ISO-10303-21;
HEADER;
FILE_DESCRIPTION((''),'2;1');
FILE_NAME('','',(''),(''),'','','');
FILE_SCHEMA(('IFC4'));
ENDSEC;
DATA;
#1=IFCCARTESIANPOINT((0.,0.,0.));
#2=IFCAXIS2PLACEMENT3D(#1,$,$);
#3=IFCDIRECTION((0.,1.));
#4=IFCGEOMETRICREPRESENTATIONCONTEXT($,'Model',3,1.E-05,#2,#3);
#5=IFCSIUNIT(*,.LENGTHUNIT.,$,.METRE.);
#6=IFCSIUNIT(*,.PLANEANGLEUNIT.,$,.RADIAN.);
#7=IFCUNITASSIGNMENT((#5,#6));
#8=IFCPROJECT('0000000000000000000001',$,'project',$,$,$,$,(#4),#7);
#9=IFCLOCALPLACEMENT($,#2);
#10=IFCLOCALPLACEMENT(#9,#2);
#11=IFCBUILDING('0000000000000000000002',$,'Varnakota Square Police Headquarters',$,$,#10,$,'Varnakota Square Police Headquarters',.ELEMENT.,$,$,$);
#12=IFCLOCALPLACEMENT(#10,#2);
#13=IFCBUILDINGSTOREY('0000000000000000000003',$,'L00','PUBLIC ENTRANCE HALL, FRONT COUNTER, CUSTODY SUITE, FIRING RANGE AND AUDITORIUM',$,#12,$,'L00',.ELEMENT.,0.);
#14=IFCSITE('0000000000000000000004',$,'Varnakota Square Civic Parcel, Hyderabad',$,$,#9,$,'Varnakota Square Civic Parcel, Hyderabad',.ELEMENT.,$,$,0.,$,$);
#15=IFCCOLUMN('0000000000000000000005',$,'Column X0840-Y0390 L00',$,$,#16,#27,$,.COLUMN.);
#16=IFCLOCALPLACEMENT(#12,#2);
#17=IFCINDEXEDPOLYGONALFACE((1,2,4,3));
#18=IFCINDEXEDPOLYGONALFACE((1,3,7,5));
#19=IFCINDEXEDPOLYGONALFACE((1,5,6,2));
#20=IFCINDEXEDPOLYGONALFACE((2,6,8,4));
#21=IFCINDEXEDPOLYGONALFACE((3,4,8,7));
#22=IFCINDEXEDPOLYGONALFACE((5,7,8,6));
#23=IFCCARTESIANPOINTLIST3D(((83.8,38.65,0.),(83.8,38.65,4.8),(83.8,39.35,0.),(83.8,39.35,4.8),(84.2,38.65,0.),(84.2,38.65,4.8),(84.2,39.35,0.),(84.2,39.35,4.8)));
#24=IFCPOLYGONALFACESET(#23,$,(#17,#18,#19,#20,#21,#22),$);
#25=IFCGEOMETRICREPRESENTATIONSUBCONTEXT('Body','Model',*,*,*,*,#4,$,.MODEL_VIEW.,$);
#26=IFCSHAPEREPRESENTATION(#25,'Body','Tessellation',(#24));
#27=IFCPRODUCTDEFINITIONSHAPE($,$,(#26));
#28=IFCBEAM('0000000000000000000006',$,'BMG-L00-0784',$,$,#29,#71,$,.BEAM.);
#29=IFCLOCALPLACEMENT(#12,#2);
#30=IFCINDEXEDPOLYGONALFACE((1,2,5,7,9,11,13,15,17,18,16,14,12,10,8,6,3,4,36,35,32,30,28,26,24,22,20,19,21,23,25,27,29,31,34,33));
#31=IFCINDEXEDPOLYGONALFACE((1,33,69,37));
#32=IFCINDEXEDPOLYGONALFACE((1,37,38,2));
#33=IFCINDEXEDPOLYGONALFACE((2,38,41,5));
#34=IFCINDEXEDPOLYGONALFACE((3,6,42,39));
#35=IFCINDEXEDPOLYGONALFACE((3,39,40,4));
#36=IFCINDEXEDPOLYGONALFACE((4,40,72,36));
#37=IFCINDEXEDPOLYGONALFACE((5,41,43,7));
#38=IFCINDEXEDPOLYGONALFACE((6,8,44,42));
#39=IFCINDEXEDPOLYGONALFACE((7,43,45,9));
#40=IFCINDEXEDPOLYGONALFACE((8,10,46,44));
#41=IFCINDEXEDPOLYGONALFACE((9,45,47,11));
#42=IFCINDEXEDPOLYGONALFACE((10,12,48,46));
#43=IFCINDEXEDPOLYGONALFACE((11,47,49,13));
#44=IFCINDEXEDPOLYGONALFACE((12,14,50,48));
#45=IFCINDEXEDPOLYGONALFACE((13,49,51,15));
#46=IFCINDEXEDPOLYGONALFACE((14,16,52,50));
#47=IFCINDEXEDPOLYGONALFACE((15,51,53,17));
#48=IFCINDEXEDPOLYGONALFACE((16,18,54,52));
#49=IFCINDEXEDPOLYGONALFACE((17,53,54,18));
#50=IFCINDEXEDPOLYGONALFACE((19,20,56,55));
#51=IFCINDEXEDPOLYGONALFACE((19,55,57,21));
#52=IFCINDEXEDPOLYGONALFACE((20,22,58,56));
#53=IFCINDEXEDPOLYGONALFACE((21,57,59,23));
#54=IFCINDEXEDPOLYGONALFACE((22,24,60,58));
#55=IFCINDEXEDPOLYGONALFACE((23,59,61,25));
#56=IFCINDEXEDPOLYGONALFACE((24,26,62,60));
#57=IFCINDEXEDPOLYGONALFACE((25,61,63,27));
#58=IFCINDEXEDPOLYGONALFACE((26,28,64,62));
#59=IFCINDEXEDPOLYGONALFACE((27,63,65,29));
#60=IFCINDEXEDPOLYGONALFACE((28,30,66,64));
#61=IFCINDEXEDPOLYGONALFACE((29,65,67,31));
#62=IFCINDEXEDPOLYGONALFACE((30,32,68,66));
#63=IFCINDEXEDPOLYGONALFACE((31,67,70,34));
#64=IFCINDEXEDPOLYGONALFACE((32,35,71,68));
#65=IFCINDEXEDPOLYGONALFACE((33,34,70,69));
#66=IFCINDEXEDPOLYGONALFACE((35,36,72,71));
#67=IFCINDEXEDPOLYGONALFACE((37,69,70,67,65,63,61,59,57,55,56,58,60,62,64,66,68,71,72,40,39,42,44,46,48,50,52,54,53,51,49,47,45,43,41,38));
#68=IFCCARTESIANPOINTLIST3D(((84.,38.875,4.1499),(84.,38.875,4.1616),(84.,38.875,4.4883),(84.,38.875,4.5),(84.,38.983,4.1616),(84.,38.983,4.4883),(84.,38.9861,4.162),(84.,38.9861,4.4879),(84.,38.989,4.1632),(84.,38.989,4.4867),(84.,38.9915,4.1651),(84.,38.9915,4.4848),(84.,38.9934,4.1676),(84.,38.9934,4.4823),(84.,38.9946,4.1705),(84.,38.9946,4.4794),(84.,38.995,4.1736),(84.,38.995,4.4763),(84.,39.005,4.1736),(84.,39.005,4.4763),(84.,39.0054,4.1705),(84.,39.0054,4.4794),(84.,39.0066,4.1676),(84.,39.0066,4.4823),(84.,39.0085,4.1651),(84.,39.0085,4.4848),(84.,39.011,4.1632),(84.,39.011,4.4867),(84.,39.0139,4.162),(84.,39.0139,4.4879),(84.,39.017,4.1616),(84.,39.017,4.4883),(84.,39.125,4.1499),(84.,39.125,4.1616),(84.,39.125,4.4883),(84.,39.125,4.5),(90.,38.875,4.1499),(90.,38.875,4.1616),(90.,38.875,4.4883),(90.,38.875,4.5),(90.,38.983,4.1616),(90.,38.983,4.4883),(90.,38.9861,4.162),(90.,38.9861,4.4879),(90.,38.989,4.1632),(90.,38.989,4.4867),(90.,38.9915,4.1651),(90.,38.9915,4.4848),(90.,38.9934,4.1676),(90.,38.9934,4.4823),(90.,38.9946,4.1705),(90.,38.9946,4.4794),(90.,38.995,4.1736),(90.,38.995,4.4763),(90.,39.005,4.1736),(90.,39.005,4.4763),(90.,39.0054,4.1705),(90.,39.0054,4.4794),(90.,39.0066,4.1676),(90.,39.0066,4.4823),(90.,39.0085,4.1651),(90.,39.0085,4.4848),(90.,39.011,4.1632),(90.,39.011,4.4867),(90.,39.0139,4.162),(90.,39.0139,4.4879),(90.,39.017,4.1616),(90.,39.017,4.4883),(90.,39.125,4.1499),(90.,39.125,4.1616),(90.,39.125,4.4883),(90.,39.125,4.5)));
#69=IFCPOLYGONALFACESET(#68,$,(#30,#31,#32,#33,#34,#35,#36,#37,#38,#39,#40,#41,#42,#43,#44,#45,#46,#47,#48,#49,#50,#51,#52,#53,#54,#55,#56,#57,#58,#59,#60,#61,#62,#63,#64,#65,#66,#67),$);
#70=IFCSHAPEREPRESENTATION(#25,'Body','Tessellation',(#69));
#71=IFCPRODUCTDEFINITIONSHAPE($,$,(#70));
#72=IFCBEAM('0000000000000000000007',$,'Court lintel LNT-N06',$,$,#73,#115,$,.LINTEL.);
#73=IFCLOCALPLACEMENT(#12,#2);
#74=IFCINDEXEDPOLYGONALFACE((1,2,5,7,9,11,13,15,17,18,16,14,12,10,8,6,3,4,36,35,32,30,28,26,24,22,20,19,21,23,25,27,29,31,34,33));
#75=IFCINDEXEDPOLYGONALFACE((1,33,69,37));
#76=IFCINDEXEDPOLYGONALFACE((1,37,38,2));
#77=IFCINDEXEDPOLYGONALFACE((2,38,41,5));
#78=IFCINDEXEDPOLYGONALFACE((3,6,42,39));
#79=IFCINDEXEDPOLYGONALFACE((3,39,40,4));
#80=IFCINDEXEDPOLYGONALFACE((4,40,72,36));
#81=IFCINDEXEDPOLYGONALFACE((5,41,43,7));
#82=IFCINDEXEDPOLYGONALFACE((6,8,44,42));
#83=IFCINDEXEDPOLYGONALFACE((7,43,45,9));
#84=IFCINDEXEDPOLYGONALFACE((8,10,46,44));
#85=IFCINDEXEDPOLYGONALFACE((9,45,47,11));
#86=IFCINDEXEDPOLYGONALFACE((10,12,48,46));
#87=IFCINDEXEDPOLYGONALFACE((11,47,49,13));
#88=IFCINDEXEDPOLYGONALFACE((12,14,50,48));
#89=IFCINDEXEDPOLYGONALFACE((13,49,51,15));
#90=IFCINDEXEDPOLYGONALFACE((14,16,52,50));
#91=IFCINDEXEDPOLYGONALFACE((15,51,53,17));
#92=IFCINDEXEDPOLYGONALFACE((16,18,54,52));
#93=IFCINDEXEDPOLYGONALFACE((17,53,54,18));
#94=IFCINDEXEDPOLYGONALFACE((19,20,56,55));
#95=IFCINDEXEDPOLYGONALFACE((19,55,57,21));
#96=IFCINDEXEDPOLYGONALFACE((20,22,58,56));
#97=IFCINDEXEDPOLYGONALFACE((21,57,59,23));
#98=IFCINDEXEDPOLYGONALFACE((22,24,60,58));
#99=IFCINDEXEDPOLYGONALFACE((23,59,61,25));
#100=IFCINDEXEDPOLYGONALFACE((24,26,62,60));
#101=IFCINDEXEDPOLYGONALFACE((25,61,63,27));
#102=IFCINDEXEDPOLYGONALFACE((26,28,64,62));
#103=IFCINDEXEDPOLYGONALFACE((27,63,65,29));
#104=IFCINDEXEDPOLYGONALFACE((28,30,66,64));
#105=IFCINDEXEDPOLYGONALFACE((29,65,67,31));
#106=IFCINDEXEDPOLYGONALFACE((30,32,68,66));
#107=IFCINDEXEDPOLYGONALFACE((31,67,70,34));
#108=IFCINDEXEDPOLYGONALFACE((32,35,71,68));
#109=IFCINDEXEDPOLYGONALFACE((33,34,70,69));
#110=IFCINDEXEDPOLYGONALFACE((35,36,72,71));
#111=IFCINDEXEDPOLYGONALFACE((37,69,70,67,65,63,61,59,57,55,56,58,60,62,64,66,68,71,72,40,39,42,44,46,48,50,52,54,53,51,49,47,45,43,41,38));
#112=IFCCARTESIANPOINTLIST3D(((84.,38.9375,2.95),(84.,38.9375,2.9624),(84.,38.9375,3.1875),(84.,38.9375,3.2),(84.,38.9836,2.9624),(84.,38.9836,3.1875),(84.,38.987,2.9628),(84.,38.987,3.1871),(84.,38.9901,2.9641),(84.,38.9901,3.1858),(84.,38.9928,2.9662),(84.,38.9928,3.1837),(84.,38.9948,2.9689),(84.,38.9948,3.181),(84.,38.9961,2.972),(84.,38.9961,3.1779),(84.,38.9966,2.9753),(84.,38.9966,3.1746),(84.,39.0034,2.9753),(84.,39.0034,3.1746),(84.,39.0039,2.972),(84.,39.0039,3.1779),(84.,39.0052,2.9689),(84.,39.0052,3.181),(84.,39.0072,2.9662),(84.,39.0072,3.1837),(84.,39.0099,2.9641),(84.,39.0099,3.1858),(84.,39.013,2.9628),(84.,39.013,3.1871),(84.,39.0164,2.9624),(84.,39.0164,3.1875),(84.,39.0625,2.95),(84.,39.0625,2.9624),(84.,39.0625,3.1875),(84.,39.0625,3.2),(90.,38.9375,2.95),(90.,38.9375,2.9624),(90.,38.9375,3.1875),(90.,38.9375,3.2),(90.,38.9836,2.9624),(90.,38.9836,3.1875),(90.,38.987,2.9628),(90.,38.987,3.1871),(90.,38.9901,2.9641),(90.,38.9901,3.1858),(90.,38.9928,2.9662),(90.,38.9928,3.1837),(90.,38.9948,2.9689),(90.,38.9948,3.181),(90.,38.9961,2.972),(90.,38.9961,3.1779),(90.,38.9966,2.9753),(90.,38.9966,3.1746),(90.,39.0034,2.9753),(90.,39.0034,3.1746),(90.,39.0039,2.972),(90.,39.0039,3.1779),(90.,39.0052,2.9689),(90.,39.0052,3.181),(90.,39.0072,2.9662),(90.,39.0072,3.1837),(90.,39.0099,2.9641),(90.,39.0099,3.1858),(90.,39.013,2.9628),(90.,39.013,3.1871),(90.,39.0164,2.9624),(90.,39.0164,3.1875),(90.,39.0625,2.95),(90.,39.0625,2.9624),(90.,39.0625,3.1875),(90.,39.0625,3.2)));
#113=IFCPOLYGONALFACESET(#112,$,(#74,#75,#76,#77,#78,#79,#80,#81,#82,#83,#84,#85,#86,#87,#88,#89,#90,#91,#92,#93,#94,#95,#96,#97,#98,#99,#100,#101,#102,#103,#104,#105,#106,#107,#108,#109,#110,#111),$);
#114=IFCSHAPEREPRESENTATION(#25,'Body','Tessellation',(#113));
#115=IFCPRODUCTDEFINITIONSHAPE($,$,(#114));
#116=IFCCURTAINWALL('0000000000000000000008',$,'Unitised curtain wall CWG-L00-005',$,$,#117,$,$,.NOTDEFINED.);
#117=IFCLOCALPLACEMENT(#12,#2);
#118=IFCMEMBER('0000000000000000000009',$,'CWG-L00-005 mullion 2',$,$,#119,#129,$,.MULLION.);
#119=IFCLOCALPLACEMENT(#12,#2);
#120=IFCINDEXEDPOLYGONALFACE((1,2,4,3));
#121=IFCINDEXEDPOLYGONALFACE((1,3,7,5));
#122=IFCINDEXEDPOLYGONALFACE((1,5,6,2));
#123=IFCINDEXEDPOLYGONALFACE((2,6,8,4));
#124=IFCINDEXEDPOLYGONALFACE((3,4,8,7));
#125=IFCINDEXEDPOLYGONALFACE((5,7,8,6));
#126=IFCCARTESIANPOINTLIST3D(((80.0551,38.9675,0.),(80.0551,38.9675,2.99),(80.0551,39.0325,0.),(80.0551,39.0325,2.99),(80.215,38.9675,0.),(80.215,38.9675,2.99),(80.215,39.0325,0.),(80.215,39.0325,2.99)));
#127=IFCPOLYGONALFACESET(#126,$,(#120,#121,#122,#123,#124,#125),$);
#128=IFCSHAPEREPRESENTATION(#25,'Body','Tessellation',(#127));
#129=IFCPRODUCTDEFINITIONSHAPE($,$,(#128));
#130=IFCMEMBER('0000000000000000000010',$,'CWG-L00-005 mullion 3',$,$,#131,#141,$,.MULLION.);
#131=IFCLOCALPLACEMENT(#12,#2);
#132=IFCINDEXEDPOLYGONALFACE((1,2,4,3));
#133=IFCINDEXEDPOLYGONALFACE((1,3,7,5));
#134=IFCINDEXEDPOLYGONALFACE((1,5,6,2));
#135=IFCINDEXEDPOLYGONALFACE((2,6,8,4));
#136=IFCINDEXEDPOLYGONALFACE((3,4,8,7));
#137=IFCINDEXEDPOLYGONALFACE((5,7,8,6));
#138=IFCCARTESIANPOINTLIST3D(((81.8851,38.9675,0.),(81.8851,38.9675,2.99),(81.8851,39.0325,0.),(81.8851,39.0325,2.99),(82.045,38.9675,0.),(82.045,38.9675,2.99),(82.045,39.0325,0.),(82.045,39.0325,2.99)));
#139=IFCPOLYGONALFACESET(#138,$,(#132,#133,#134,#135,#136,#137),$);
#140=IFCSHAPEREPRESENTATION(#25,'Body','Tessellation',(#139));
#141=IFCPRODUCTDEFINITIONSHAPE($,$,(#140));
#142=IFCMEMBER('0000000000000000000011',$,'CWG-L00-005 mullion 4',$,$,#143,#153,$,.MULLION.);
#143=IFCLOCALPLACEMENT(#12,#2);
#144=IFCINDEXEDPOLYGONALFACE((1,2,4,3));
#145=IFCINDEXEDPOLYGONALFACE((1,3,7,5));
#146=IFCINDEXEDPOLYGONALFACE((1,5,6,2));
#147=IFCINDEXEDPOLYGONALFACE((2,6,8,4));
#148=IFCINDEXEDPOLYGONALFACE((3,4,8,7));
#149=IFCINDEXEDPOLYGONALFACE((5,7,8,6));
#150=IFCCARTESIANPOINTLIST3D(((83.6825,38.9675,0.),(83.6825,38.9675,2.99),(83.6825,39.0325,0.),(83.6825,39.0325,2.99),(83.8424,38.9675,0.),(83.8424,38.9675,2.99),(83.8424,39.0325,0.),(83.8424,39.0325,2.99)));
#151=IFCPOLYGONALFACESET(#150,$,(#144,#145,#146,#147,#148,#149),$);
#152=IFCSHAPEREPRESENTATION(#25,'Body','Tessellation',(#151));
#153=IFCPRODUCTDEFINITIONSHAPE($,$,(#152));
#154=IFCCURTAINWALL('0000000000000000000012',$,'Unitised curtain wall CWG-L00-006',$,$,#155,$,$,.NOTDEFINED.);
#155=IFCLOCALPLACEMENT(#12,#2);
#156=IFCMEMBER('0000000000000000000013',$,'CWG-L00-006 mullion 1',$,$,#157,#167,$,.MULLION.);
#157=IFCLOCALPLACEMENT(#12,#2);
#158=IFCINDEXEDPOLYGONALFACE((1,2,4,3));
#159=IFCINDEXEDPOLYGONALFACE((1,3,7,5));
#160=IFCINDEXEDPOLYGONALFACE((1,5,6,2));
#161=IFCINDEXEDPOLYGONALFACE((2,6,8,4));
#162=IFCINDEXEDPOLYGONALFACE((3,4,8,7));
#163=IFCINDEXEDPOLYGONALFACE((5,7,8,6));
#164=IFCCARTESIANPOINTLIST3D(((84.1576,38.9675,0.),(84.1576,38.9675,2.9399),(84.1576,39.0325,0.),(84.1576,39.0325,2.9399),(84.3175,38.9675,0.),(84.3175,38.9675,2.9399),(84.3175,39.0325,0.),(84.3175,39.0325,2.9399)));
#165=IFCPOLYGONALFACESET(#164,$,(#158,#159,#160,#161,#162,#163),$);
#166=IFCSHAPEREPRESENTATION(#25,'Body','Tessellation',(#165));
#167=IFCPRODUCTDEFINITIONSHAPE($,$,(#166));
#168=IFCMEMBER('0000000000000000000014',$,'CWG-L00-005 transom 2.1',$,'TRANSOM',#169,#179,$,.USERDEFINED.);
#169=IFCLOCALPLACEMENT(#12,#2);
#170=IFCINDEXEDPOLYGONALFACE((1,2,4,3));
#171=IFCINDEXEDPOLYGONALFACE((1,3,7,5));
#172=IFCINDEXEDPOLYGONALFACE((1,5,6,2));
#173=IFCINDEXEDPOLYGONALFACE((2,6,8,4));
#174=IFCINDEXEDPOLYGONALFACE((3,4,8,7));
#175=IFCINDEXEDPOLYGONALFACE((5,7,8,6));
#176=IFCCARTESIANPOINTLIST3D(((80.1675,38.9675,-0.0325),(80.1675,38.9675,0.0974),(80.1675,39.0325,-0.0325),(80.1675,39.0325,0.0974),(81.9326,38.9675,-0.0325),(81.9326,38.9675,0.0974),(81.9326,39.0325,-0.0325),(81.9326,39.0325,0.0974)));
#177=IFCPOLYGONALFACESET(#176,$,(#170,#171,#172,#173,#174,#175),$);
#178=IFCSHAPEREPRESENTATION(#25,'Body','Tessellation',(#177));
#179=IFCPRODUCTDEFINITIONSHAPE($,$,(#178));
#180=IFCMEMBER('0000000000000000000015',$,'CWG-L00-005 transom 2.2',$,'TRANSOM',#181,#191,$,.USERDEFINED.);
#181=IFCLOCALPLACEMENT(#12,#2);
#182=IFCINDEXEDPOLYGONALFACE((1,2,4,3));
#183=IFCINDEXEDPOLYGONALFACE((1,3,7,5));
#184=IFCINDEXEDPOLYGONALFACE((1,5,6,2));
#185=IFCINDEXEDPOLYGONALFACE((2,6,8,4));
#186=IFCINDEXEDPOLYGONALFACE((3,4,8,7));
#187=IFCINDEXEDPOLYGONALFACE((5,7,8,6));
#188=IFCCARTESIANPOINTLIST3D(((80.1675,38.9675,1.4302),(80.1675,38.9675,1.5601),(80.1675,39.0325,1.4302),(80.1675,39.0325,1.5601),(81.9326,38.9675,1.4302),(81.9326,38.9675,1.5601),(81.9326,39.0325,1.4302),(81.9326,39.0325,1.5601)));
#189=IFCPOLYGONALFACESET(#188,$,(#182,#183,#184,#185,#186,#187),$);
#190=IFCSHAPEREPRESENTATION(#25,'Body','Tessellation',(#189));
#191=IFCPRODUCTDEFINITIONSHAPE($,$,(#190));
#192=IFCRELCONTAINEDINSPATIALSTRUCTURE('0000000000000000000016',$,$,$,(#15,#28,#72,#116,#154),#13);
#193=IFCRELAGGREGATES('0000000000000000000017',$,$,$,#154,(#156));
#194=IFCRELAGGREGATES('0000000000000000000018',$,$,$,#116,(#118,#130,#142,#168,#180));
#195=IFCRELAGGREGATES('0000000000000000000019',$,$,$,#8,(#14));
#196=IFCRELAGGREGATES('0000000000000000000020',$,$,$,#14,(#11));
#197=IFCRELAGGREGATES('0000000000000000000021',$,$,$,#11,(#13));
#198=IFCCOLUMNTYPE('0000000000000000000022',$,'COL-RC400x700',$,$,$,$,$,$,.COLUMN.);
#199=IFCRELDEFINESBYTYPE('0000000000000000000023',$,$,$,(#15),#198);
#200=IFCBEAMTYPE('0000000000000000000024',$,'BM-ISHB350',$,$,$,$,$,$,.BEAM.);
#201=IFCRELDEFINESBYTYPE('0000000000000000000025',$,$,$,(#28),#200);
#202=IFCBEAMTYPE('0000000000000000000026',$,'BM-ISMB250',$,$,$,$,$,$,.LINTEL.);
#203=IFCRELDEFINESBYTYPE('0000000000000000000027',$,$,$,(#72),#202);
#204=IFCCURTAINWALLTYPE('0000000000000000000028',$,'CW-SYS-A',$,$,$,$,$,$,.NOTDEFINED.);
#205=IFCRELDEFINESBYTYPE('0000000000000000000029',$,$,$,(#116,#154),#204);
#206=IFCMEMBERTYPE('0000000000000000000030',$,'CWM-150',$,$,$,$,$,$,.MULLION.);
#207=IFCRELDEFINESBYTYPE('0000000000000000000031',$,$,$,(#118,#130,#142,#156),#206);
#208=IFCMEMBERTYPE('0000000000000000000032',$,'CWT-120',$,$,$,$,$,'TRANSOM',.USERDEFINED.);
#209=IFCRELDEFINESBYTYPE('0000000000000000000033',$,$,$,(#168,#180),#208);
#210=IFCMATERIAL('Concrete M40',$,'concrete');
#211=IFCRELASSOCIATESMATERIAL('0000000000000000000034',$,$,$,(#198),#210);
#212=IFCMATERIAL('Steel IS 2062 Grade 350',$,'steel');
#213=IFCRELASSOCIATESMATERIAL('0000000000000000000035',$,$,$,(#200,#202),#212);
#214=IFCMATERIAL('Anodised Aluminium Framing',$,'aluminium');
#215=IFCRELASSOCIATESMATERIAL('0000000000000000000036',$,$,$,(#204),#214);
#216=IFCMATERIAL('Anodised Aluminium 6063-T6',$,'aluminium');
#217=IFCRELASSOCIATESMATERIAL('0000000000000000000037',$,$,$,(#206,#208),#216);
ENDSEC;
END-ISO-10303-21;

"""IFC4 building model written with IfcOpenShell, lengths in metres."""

from ifc_helpers import new_model, si_unit, direction, frame, origin, origin_2d, place, context, subcontext, project, spatial, rectangle, i_section, extrude, material, material_profile, profile_set, type_object, element, aggregate, save


model = new_model("IFC4")

# Units and contexts
model_context = context("Model", 3, precision=1e-05, world=origin(), true_north=direction((0.0, 1.0)))
body_context = subcontext(model_context, "Body", "Model", "MODEL_VIEW")
ifc_project = project(units=[si_unit("LENGTHUNIT", "METRE"), si_unit("PLANEANGLEUNIT", "RADIAN")], contexts=[model_context])

# Site, building, storey
site_placement = place(None, origin())
site = spatial("IfcSite", under=ifc_project, at=site_placement, Name="Varnakota Square Civic Parcel, Hyderabad", LongName="Varnakota Square Civic Parcel, Hyderabad", CompositionType="ELEMENT", RefElevation=0.0)
building_placement = place(site_placement, origin())
building = spatial("IfcBuilding", under=site, at=building_placement, Name="Varnakota Square Police Headquarters", LongName="Varnakota Square Police Headquarters", CompositionType="ELEMENT")
storey_placement = place(building_placement, origin())
storey = spatial("IfcBuildingStorey", under=building, at=storey_placement, Name="L00", Description="PUBLIC ENTRANCE HALL, FRONT COUNTER, CUSTODY SUITE, FIRING RANGE AND AUDITORIUM", LongName="L00", CompositionType="ELEMENT", Elevation=0.0)

# Column
ifc_material_1 = material(Name="Concrete M40", Category="concrete")
ifc_material_profile_1 = material_profile(ifc_material_1, rectangle(XDim=0.3999, YDim=0.7, at=origin_2d()), Name="RC 400x700")
ifc_profile_set_1 = profile_set([ifc_material_profile_1], Name="Concrete M40")
column_type = type_object("IfcColumnType", Name="COL-RC400x700", PredefinedType="COLUMN", material=ifc_profile_set_1)
column_placement = place(storey_placement, frame((84.0, 39.0, 0.0), z_axis=(0.0, 0.0, 1.0), x_axis=(1.0, 0.0, 0.0)))
element("IfcColumn", 1, at=column_placement, inside=storey, type_object=column_type, Name="Column X0840-Y0390 L00", PredefinedType="COLUMN", context=body_context, shape_type="SweptSolid", body=[
    extrude(rectangle(XDim=0.3999, YDim=0.7, at=origin_2d()), origin(), (0.0, 0.0, 1.0), 4.8),
])

# Beams
ifc_material_2 = material(Name="Steel IS 2062 Grade 350", Category="steel")
ifc_material_profile_2 = material_profile(ifc_material_2, i_section(OverallWidth=0.25, OverallDepth=0.3501, WebThickness=0.01, FlangeThickness=0.0117, FilletRadius=0.012, at=origin_2d()), Name="ISHB 350")
ifc_profile_set_2 = profile_set([ifc_material_profile_2], Name="Steel IS 2062 Grade 350")
beam_type_1 = type_object("IfcBeamType", Name="BM-ISHB350", PredefinedType="BEAM", material=ifc_profile_set_2)
beam_1_placement = place(storey_placement, frame((84.0, 39.0, 4.325), z_axis=(1.0, 0.0, 0.0), x_axis=(0.0, 1.0, 0.0)))
element("IfcBeam", 2, at=beam_1_placement, inside=storey, type_object=beam_type_1, Name="BMG-L00-0784", PredefinedType="BEAM", context=body_context, shape_type="SweptSolid", body=[
    extrude(i_section(OverallWidth=0.25, OverallDepth=0.3501, WebThickness=0.01, FlangeThickness=0.0117, FilletRadius=0.012, at=origin_2d()), origin(), (0.0, 0.0, 1.0), 6.0),
])
ifc_material_profile_3 = material_profile(ifc_material_2, i_section(OverallWidth=0.125, OverallDepth=0.25, WebThickness=0.0068, FlangeThickness=0.0125, FilletRadius=0.0129, at=origin_2d()), Name="ISMB 250")
ifc_profile_set_3 = profile_set([ifc_material_profile_3], Name="Steel IS 2062 Grade 350")
beam_type_2 = type_object("IfcBeamType", Name="BM-ISMB250", PredefinedType="LINTEL", material=ifc_profile_set_3)
beam_2_placement = place(storey_placement, frame((84.0, 39.0, 3.075), z_axis=(1.0, 0.0, 0.0), x_axis=(0.0, 1.0, 0.0)))
element("IfcBeam", 3, at=beam_2_placement, inside=storey, type_object=beam_type_2, Name="Court lintel LNT-N06", PredefinedType="LINTEL", context=body_context, shape_type="SweptSolid", body=[
    extrude(i_section(OverallWidth=0.125, OverallDepth=0.25, WebThickness=0.0068, FlangeThickness=0.0125, FilletRadius=0.0129, at=origin_2d()), origin(), (0.0, 0.0, 1.0), 6.0),
])

# Curtain wall, members
ifc_material_3 = material(Name="Anodised Aluminium Framing", Category="aluminium")
curtain_wall_type = type_object("IfcCurtainWallType", Name="CW-SYS-A", PredefinedType="NOTDEFINED", material=ifc_material_3)
curtain_wall_1_placement = place(storey_placement, origin())
curtain_wall_1 = element("IfcCurtainWall", 4, at=curtain_wall_1_placement, inside=storey, type_object=curtain_wall_type, Name="Unitised curtain wall CWG-L00-005", PredefinedType="NOTDEFINED")
ifc_material_4 = material(Name="Anodised Aluminium 6063-T6", Category="aluminium")
ifc_material_profile_4 = material_profile(ifc_material_4, rectangle(XDim=0.0649, YDim=0.1599, at=origin_2d()), Name="ALU MULLION 65x160")
ifc_profile_set_4 = profile_set([ifc_material_profile_4], Name="Anodised Aluminium 6063-T6")
member_type_1 = type_object("IfcMemberType", Name="CWM-150", PredefinedType="MULLION", material=ifc_profile_set_4)
member_1_placement = place(storey_placement, frame((80.135, 39.0, 0.0), z_axis=(0.0, 0.0, 1.0), x_axis=(0.0, 1.0, 0.0)))
member_1 = element("IfcMember", 5, at=member_1_placement, type_object=member_type_1, Name="CWG-L00-005 mullion 2", PredefinedType="MULLION", context=body_context, shape_type="SweptSolid", body=[
    extrude(rectangle(XDim=0.0649, YDim=0.1599, at=origin_2d()), origin(), (0.0, 0.0, 1.0), 2.99),
])
member_2_placement = place(storey_placement, frame((81.9651, 39.0, 0.0), z_axis=(0.0, 0.0, 1.0), x_axis=(0.0, 1.0, 0.0)))
member_2 = element("IfcMember", 6, at=member_2_placement, type_object=member_type_1, Name="CWG-L00-005 mullion 3", PredefinedType="MULLION", context=body_context, shape_type="SweptSolid", body=[
    extrude(rectangle(XDim=0.0649, YDim=0.1599, at=origin_2d()), origin(), (0.0, 0.0, 1.0), 2.99),
])
member_3_placement = place(storey_placement, frame((83.7625, 39.0, 0.0), z_axis=(0.0, 0.0, 1.0), x_axis=(0.0, 1.0, 0.0)))
member_3 = element("IfcMember", 7, at=member_3_placement, type_object=member_type_1, Name="CWG-L00-005 mullion 4", PredefinedType="MULLION", context=body_context, shape_type="SweptSolid", body=[
    extrude(rectangle(XDim=0.0649, YDim=0.1599, at=origin_2d()), origin(), (0.0, 0.0, 1.0), 2.99),
])

# Curtain wall, member
curtain_wall_2_placement = place(storey_placement, origin())
curtain_wall_2 = element("IfcCurtainWall", 8, at=curtain_wall_2_placement, inside=storey, type_object=curtain_wall_type, Name="Unitised curtain wall CWG-L00-006", PredefinedType="NOTDEFINED")
member_4_placement = place(storey_placement, frame((84.2375, 39.0, 0.0), z_axis=(0.0, 0.0, 1.0), x_axis=(0.0, 1.0, 0.0)))
member_4 = element("IfcMember", 9, at=member_4_placement, type_object=member_type_1, Name="CWG-L00-006 mullion 1", PredefinedType="MULLION", context=body_context, shape_type="SweptSolid", body=[
    extrude(rectangle(XDim=0.0649, YDim=0.1599, at=origin_2d()), origin(), (0.0, 0.0, 1.0), 2.9399),
])
aggregate(curtain_wall_2, [member_4])

# Members
ifc_material_profile_5 = material_profile(ifc_material_4, rectangle(XDim=0.0649, YDim=0.1299, at=origin_2d()), Name="ALU TRANSOM 65x130")
ifc_profile_set_5 = profile_set([ifc_material_profile_5], Name="Anodised Aluminium 6063-T6")
member_type_2 = type_object("IfcMemberType", Name="CWT-120", ElementType="TRANSOM", PredefinedType="USERDEFINED", material=ifc_profile_set_5)
member_5_placement = place(storey_placement, frame((80.1675, 39.0, 0.0325), z_axis=(1.0, 0.0, 0.0), x_axis=(0.0, 1.0, 0.0)))
member_5 = element("IfcMember", 10, at=member_5_placement, type_object=member_type_2, Name="CWG-L00-005 transom 2.1", ObjectType="TRANSOM", PredefinedType="USERDEFINED", context=body_context, shape_type="SweptSolid", body=[
    extrude(rectangle(XDim=0.0649, YDim=0.1299, at=origin_2d()), origin(), (0.0, 0.0, 1.0), 1.7651),
])
member_6_placement = place(storey_placement, frame((80.1675, 39.0, 1.4951), z_axis=(1.0, 0.0, 0.0), x_axis=(0.0, 1.0, 0.0)))
member_6 = element("IfcMember", 11, at=member_6_placement, type_object=member_type_2, Name="CWG-L00-005 transom 2.2", ObjectType="TRANSOM", PredefinedType="USERDEFINED", context=body_context, shape_type="SweptSolid", body=[
    extrude(rectangle(XDim=0.0649, YDim=0.1299, at=origin_2d()), origin(), (0.0, 0.0, 1.0), 1.7651),
])

aggregate(curtain_wall_1, [member_1, member_2, member_3, member_5, member_6])

save(model, "model.ifc")
